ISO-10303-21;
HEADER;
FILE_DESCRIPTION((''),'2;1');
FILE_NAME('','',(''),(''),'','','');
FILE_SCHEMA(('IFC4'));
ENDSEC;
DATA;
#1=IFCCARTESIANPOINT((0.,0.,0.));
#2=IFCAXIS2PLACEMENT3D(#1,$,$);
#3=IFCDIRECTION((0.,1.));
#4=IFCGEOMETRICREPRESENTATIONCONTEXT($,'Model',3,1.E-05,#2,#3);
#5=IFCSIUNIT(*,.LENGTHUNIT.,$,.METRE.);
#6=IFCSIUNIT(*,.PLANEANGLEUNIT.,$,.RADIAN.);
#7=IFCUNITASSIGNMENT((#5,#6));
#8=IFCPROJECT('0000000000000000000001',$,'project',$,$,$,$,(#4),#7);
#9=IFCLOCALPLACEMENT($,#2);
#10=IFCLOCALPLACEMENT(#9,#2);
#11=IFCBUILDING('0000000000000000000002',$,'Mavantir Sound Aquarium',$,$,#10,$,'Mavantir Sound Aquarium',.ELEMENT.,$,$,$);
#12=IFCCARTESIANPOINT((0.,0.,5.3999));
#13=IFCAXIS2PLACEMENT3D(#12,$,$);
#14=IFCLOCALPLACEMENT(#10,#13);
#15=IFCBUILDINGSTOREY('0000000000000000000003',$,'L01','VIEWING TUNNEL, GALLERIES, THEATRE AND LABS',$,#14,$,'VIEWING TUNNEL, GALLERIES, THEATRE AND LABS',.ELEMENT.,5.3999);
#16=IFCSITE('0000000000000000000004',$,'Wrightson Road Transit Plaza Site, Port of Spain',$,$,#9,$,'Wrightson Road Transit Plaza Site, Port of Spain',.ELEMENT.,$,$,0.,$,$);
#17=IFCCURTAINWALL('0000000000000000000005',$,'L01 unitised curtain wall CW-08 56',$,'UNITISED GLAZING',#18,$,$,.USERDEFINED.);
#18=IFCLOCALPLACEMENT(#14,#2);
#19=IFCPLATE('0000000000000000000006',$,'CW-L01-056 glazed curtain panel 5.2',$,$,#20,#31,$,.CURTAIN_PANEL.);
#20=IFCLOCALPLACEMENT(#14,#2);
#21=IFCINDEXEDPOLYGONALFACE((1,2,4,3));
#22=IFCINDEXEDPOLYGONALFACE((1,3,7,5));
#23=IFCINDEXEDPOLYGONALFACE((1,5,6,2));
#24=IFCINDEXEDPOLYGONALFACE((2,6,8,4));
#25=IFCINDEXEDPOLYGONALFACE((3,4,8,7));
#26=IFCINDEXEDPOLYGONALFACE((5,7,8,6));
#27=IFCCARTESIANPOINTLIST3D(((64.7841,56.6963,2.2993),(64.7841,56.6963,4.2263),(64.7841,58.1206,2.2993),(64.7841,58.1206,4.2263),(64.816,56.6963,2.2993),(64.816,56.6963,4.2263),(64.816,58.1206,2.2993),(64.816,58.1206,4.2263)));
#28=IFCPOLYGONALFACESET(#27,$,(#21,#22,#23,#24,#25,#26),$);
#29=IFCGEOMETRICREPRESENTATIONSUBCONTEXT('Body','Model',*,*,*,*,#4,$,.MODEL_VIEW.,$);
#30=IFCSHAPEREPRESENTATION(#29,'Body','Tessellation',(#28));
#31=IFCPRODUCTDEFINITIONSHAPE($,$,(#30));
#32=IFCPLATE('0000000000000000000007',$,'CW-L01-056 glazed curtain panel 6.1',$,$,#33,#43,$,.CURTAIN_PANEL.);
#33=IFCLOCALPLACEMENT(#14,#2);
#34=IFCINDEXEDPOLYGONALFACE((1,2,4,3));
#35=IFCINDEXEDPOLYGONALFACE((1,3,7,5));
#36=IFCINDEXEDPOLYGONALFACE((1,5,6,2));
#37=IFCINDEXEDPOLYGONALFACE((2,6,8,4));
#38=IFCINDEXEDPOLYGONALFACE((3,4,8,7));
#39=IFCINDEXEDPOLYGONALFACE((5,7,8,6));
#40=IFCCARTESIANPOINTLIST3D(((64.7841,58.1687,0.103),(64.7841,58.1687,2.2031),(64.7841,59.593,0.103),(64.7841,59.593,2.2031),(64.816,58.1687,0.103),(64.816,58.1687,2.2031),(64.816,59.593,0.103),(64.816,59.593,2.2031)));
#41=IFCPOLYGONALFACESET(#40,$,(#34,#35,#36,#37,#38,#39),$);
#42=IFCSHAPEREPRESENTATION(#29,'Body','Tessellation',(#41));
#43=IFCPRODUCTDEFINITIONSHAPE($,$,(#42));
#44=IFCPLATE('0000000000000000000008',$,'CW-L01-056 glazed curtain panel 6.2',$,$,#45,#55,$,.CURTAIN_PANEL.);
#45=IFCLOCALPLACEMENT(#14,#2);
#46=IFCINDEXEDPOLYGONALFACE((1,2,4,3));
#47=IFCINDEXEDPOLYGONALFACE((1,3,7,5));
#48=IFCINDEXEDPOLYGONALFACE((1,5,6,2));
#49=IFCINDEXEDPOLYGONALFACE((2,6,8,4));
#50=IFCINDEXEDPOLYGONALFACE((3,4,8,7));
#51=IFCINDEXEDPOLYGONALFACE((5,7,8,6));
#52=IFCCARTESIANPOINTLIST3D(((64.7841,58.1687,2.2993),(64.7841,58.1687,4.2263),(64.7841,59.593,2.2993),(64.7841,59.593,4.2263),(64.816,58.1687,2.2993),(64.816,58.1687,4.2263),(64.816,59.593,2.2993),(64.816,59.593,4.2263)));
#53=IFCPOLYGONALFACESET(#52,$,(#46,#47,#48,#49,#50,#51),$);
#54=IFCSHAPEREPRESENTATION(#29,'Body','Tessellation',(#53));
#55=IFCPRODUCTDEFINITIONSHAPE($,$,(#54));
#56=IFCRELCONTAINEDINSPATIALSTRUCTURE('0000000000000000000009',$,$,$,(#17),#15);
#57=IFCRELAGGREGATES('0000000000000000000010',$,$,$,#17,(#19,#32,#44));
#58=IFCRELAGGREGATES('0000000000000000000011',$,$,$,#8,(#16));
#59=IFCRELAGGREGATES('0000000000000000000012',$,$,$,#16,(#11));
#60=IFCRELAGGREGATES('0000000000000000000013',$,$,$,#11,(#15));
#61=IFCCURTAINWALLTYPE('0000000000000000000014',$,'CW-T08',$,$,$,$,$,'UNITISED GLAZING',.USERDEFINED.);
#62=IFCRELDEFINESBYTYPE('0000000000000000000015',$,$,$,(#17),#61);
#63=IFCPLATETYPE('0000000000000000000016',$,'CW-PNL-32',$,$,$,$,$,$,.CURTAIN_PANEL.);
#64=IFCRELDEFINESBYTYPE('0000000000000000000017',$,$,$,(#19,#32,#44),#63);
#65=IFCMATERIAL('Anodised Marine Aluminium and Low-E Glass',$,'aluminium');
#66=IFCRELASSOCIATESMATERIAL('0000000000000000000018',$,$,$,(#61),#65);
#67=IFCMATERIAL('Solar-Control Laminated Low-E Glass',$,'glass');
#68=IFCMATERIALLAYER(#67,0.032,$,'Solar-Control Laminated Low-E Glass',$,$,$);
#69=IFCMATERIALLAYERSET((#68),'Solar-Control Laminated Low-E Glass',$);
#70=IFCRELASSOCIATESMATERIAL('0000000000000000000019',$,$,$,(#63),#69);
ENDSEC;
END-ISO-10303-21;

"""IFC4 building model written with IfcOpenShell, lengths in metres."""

from ifc_helpers import new_model, si_unit, direction, frame, origin, origin_2d, place, context, subcontext, project, spatial, rectangle, extrude, material, layer, layer_set, type_object, element, aggregate, save


model = new_model("IFC4")

# Units and contexts
model_context = context("Model", 3, precision=1e-05, world=origin(), true_north=direction((0.0, 1.0)))
body_context = subcontext(model_context, "Body", "Model", "MODEL_VIEW")
ifc_project = project(units=[si_unit("LENGTHUNIT", "METRE"), si_unit("PLANEANGLEUNIT", "RADIAN")], contexts=[model_context])

# Site, building, storey
site_placement = place(None, origin())
site = spatial("IfcSite", under=ifc_project, at=site_placement, Name="Wrightson Road Transit Plaza Site, Port of Spain", LongName="Wrightson Road Transit Plaza Site, Port of Spain", CompositionType="ELEMENT", RefElevation=0.0)
building_placement = place(site_placement, origin())
building = spatial("IfcBuilding", under=site, at=building_placement, Name="Mavantir Sound Aquarium", LongName="Mavantir Sound Aquarium", CompositionType="ELEMENT")
storey_placement = place(building_placement, frame((0.0, 0.0, 5.3999)))
storey = spatial("IfcBuildingStorey", under=building, at=storey_placement, Name="L01", Description="VIEWING TUNNEL, GALLERIES, THEATRE AND LABS", LongName="VIEWING TUNNEL, GALLERIES, THEATRE AND LABS", CompositionType="ELEMENT", Elevation=5.3999)

# Curtain wall, plates
ifc_material_1 = material(Name="Anodised Marine Aluminium and Low-E Glass", Category="aluminium")
curtain_wall_type = type_object("IfcCurtainWallType", Name="CW-T08", ElementType="UNITISED GLAZING", PredefinedType="USERDEFINED", material=ifc_material_1)
curtain_wall_placement = place(storey_placement, origin())
curtain_wall = element("IfcCurtainWall", 1, at=curtain_wall_placement, inside=storey, type_object=curtain_wall_type, Name="L01 unitised curtain wall CW-08 56", ObjectType="UNITISED GLAZING", PredefinedType="USERDEFINED")
ifc_material_2 = material(Name="Solar-Control Laminated Low-E Glass", Category="glass")
ifc_layer = layer(ifc_material_2, 0.032, Name="Solar-Control Laminated Low-E Glass")
ifc_layer_set = layer_set([ifc_layer], Name="Solar-Control Laminated Low-E Glass")
plate_type = type_object("IfcPlateType", Name="CW-PNL-32", PredefinedType="CURTAIN_PANEL", material=ifc_layer_set)
plate_1_placement = place(storey_placement, frame((64.8, 57.4084, 2.2993), z_axis=(0.0, 0.0, 1.0), x_axis=(0.0, 1.0, 0.0)))
plate_1 = element("IfcPlate", 2, at=plate_1_placement, type_object=plate_type, Name="CW-L01-056 glazed curtain panel 5.2", PredefinedType="CURTAIN_PANEL", context=body_context, shape_type="SweptSolid", body=[
    extrude(rectangle(XDim=1.4243, YDim=0.032, at=origin_2d()), origin(), (0.0, 0.0, 1.0), 1.927),
])
plate_2_placement = place(storey_placement, frame((64.8, 58.8809, 0.103), z_axis=(0.0, 0.0, 1.0), x_axis=(0.0, 1.0, 0.0)))
plate_2 = element("IfcPlate", 3, at=plate_2_placement, type_object=plate_type, Name="CW-L01-056 glazed curtain panel 6.1", PredefinedType="CURTAIN_PANEL", context=body_context, shape_type="SweptSolid", body=[
    extrude(rectangle(XDim=1.4243, YDim=0.032, at=origin_2d()), origin(), (0.0, 0.0, 1.0), 2.1001),
])
plate_3_placement = place(storey_placement, frame((64.8, 58.8809, 2.2993), z_axis=(0.0, 0.0, 1.0), x_axis=(0.0, 1.0, 0.0)))
plate_3 = element("IfcPlate", 4, at=plate_3_placement, type_object=plate_type, Name="CW-L01-056 glazed curtain panel 6.2", PredefinedType="CURTAIN_PANEL", context=body_context, shape_type="SweptSolid", body=[
    extrude(rectangle(XDim=1.4243, YDim=0.032, at=origin_2d()), origin(), (0.0, 0.0, 1.0), 1.927),
])
aggregate(curtain_wall, [plate_1, plate_2, plate_3])

save(model, "model.ifc")
